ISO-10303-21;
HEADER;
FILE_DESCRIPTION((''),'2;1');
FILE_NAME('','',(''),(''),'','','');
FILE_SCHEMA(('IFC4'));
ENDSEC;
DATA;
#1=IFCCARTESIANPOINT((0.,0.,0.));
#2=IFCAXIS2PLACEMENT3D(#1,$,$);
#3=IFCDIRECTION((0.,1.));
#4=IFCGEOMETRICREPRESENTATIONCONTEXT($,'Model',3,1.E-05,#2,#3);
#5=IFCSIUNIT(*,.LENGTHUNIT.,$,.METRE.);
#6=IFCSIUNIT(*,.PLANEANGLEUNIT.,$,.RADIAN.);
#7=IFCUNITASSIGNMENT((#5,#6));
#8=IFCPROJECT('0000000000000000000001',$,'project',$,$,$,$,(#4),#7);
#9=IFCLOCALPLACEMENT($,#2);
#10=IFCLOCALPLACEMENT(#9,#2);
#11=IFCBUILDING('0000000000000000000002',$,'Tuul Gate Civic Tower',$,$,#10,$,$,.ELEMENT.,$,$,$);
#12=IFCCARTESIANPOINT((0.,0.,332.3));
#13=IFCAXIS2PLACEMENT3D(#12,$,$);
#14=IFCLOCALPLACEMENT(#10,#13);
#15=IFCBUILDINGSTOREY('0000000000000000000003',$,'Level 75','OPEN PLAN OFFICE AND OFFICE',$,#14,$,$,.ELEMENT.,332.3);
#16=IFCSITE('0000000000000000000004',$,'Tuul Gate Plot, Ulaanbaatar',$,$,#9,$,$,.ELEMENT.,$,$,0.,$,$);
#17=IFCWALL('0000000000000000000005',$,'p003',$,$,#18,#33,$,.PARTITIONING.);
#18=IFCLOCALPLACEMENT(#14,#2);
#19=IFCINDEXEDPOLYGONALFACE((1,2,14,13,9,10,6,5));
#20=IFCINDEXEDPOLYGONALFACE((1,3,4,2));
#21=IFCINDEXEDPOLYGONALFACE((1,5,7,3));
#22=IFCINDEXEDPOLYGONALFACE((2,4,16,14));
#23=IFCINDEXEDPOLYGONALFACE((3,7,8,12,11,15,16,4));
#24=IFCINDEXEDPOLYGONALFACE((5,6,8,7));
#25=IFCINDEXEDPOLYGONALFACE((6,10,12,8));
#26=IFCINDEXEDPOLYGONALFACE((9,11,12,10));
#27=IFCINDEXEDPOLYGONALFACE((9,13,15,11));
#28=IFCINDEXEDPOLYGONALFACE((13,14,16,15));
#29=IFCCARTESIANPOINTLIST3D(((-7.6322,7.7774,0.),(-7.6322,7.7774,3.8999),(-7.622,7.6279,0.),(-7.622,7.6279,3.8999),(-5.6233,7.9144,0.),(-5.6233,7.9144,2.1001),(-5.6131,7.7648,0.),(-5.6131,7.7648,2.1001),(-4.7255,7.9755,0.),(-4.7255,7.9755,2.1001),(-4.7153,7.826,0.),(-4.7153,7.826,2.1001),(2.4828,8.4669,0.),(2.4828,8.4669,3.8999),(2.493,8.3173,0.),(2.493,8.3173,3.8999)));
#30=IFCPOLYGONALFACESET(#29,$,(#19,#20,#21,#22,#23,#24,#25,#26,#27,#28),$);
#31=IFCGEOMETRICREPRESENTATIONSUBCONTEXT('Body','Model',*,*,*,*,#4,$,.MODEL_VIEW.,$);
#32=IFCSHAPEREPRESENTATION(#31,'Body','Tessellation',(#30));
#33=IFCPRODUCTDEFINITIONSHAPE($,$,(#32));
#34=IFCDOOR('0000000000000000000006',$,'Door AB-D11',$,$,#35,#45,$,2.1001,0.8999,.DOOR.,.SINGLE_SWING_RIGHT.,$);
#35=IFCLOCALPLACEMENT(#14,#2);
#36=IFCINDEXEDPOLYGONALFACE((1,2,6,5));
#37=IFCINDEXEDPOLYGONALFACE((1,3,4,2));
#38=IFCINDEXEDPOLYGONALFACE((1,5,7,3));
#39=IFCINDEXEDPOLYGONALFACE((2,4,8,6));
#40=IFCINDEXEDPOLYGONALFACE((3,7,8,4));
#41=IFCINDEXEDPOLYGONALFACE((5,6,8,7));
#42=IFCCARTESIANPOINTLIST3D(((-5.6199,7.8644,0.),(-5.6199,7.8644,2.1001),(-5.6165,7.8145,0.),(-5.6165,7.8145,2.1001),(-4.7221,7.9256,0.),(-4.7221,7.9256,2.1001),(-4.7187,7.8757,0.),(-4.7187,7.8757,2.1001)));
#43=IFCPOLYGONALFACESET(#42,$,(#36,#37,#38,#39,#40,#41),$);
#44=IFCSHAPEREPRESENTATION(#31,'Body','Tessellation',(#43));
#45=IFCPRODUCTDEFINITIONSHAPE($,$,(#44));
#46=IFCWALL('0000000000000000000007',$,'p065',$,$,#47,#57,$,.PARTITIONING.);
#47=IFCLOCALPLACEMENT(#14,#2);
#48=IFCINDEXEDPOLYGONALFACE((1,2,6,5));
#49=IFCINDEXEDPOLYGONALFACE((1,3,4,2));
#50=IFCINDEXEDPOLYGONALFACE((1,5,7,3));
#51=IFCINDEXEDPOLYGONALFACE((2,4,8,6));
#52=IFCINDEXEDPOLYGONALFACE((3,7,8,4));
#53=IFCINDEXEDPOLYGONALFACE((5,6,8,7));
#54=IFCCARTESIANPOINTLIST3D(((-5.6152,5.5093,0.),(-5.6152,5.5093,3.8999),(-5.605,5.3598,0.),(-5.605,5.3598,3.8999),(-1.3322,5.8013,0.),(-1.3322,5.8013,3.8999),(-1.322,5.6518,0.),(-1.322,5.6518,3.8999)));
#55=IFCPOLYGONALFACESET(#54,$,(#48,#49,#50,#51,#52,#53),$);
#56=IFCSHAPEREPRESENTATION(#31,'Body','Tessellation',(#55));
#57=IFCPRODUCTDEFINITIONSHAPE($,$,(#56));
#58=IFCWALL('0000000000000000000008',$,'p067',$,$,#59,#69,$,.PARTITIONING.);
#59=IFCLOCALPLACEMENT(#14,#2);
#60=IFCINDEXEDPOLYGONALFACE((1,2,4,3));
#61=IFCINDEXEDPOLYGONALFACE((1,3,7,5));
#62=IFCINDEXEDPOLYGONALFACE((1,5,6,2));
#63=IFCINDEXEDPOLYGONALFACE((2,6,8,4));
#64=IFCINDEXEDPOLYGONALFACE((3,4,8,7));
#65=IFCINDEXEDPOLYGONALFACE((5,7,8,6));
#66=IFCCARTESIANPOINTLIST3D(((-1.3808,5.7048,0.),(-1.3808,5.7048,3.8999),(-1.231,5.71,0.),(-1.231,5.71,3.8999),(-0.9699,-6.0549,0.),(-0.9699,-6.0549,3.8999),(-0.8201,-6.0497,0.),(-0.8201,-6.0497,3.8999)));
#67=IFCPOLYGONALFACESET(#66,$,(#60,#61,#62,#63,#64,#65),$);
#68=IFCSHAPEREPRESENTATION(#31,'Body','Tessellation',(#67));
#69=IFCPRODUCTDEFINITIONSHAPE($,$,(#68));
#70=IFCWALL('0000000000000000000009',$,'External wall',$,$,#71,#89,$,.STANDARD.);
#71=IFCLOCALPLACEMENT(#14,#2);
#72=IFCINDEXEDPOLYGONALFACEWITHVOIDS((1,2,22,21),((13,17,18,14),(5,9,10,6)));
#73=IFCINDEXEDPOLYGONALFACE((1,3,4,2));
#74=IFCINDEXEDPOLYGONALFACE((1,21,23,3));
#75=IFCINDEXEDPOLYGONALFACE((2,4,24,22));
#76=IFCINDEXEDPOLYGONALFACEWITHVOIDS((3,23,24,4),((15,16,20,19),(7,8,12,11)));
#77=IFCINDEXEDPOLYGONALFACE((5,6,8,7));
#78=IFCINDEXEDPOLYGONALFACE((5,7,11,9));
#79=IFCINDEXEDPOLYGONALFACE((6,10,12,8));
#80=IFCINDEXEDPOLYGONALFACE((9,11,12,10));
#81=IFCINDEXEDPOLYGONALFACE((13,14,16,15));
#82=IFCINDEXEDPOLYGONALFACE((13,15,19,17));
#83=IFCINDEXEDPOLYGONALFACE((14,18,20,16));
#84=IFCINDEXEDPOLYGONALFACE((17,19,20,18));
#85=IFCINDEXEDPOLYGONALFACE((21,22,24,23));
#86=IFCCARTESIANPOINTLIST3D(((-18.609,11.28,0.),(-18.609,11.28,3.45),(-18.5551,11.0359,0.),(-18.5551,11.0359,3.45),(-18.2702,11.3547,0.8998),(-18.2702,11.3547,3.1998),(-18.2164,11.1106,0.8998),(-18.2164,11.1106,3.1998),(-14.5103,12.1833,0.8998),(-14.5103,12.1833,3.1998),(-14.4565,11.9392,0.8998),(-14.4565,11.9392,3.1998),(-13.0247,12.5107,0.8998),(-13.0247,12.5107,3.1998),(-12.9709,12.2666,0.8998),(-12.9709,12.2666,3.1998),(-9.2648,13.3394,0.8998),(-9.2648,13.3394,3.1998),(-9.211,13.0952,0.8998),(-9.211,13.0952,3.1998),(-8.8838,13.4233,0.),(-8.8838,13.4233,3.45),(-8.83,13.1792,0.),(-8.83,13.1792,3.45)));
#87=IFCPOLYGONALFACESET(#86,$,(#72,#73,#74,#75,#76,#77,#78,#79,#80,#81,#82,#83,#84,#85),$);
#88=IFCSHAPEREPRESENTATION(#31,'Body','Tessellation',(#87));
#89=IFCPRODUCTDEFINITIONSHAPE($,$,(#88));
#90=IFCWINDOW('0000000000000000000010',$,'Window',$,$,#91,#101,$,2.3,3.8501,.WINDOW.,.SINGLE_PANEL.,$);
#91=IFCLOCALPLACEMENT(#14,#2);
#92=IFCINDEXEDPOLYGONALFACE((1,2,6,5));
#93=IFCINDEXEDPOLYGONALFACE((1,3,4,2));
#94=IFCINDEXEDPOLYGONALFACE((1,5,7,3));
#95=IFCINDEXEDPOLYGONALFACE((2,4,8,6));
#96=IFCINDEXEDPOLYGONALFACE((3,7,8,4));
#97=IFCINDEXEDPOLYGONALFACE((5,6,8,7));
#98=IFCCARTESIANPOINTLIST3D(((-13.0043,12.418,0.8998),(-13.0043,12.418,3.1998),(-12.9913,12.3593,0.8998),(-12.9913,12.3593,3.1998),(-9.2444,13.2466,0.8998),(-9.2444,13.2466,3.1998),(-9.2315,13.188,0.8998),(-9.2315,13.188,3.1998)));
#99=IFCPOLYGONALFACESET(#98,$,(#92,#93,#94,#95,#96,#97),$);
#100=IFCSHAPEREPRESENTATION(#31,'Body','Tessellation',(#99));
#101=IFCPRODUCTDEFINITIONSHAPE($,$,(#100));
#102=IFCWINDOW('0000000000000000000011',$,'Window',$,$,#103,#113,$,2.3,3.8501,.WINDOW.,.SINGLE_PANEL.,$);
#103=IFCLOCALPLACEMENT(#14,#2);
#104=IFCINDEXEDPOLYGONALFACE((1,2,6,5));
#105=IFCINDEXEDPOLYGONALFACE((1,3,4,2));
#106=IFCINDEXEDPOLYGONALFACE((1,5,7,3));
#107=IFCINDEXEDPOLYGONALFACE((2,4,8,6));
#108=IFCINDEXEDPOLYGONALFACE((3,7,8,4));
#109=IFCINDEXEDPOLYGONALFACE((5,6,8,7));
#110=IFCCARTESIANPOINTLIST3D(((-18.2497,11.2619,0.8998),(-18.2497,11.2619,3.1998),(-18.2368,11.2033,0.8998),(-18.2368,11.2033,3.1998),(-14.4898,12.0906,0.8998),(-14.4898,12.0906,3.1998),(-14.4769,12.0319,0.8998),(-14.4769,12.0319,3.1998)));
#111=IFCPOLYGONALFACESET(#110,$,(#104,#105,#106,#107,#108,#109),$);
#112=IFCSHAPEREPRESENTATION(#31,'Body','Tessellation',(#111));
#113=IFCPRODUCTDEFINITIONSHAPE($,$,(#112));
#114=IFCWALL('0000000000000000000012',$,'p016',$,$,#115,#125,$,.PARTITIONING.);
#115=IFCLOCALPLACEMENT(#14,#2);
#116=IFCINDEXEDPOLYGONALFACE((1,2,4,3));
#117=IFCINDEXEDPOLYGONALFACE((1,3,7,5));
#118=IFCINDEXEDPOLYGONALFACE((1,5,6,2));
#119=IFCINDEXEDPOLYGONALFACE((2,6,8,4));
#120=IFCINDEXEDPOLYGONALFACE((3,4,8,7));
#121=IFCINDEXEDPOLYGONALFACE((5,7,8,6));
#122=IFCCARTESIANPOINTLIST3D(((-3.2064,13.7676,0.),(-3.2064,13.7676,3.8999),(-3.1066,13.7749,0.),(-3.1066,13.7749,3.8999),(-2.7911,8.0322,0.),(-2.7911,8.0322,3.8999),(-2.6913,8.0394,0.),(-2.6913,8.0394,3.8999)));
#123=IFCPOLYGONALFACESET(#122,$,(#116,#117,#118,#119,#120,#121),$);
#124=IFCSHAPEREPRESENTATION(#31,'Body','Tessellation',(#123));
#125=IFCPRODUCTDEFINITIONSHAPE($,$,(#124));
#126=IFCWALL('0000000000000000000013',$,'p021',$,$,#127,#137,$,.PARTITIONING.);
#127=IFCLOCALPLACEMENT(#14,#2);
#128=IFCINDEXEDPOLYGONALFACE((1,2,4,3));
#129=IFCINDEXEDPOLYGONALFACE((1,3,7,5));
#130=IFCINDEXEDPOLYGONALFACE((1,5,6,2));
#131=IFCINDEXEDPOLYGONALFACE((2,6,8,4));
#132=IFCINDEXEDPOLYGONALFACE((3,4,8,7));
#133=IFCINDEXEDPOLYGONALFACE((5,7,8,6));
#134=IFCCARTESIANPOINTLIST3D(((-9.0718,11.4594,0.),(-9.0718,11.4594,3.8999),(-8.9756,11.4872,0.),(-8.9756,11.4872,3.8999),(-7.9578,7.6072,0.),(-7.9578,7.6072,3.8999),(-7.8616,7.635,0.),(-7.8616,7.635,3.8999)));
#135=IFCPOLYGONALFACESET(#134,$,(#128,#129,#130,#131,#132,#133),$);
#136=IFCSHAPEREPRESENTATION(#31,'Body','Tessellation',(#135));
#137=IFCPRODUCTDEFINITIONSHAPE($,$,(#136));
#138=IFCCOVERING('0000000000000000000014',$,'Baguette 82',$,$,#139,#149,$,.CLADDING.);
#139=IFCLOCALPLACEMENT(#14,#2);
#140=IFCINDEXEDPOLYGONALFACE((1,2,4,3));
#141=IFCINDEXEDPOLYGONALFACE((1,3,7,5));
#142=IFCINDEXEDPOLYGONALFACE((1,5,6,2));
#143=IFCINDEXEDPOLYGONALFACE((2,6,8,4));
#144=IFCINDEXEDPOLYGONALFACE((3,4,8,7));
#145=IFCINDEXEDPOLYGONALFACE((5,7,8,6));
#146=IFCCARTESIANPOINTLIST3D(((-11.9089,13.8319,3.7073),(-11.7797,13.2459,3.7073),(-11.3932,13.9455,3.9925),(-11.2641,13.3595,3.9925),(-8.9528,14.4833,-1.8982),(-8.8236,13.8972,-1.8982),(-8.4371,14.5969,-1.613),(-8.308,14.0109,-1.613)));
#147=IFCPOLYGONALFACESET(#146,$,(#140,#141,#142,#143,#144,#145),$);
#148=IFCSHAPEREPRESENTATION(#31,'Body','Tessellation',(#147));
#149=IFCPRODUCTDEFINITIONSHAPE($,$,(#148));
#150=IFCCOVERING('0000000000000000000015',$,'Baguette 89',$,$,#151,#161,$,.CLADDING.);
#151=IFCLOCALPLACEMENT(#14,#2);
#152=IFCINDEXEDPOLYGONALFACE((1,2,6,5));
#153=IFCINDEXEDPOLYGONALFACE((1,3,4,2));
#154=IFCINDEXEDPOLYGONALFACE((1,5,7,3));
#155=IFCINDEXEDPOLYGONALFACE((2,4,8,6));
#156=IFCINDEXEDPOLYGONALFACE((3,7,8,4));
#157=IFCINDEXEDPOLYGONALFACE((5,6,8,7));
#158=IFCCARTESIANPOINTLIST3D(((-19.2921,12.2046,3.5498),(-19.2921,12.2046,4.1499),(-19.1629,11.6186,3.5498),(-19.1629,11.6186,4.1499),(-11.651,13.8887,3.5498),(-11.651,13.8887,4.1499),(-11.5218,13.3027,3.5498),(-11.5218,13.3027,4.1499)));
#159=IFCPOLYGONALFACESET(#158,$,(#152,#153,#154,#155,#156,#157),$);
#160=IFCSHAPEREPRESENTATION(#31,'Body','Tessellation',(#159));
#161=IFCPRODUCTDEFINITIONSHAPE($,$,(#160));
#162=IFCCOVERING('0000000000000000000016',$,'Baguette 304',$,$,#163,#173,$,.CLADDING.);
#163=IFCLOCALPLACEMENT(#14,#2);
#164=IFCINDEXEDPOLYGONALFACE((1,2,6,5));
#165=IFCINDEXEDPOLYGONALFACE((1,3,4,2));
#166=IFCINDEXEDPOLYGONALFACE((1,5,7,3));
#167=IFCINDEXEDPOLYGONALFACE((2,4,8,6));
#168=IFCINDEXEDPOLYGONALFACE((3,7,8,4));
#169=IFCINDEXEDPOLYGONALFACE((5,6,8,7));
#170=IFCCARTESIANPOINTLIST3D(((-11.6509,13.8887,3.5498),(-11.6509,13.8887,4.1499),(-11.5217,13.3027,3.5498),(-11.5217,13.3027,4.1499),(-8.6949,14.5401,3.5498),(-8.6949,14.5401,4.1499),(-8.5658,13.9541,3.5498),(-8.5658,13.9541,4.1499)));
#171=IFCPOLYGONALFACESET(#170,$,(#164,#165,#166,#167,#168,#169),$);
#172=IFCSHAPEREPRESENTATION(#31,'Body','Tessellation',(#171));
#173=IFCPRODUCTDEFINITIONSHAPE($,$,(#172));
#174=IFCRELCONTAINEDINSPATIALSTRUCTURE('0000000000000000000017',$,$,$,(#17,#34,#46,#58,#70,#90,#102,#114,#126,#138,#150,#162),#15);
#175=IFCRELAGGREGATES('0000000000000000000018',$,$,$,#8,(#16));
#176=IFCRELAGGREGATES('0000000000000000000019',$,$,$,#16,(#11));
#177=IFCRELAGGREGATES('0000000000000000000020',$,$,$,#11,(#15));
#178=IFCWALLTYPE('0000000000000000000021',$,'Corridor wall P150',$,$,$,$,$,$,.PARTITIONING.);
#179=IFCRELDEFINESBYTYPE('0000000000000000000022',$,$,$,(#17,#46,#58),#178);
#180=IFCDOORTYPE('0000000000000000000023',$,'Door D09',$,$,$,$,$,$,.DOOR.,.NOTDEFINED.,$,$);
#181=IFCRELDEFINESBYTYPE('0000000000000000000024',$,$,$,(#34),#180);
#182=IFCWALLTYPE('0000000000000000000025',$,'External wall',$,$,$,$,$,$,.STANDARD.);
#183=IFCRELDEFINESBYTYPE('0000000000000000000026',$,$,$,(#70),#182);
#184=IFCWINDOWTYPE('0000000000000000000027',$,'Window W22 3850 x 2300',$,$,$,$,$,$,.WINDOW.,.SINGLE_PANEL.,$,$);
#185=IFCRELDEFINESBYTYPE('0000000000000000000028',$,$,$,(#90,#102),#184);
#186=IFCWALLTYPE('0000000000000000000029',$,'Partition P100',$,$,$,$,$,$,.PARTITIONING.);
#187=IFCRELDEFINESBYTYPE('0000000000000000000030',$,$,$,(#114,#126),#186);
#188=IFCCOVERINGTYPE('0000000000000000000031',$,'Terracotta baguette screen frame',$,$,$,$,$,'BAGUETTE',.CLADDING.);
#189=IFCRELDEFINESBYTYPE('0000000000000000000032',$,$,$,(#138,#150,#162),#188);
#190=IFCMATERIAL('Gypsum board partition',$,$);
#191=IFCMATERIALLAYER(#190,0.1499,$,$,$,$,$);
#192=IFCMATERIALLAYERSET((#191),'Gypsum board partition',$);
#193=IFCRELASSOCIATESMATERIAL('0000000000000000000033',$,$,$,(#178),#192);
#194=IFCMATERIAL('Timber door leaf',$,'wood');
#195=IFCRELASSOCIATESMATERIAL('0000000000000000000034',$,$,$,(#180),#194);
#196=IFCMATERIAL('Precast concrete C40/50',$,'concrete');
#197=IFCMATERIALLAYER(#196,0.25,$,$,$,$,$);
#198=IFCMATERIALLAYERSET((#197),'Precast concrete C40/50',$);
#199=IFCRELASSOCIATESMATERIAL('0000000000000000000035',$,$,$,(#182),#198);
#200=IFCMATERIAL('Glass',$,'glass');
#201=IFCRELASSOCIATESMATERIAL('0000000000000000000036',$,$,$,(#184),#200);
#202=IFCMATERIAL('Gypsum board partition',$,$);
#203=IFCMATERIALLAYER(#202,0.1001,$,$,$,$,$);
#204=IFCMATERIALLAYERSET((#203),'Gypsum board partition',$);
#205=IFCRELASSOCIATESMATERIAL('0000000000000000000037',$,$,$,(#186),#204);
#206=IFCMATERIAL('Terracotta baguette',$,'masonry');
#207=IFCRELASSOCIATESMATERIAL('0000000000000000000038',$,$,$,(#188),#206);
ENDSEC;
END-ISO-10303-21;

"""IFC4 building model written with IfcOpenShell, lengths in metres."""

from ifc_helpers import new_model, si_unit, direction, frame, frame_2d, origin, origin_2d, place, context, subcontext, project, spatial, rectangle, extrude, material, layer, layer_set, material_profile, profile_set, type_object, element, fill, save


model = new_model("IFC4")

# Units and contexts
model_context = context("Model", 3, precision=1e-05, world=origin(), true_north=direction((0.0, 1.0)))
body_context = subcontext(model_context, "Body", "Model", "MODEL_VIEW")
ifc_project = project(units=[si_unit("LENGTHUNIT", "METRE"), si_unit("PLANEANGLEUNIT", "RADIAN")], contexts=[model_context])

# Site, building, storey
site_placement = place(None, origin())
site = spatial("IfcSite", under=ifc_project, at=site_placement, Name="Tuul Gate Plot, Ulaanbaatar", CompositionType="ELEMENT", RefElevation=0.0)
building_placement = place(site_placement, origin())
building = spatial("IfcBuilding", under=site, at=building_placement, Name="Tuul Gate Civic Tower", CompositionType="ELEMENT")
storey_placement = place(building_placement, frame((0.0, 0.0, 332.3)))
storey = spatial("IfcBuildingStorey", under=building, at=storey_placement, Name="Level 75", Description="OPEN PLAN OFFICE AND OFFICE", CompositionType="ELEMENT", Elevation=332.3)

# Wall, opening, door
ifc_material_1 = material(Name="Gypsum board partition")
ifc_layer_1 = layer(ifc_material_1, 0.1499)
ifc_layer_set_1 = layer_set([ifc_layer_1], Name="Gypsum board partition")
wall_type_1 = type_object("IfcWallType", Name="Corridor wall P150", PredefinedType="PARTITIONING", material=ifc_layer_set_1)
wall_1_placement = place(storey_placement, frame((-7.6272, 7.7026, 0.0), z_axis=(0.0, 0.0, 1.0), x_axis=(0.997685, 0.068004, 0.0)))
wall_1 = element("IfcWall", 1, at=wall_1_placement, inside=storey, type_object=wall_type_1, Name="p003", PredefinedType="PARTITIONING", context=body_context, shape_type="SweptSolid", body=[
    extrude(rectangle(XDim=10.1384, YDim=0.1499, at=frame_2d((5.0693, 0.0))), origin(), (0.0, 0.0, 1.0), 3.8999),
])
opening_1_placement = place(wall_1_placement, frame((2.0137, 0.0, 0.0)))
opening_1 = element("IfcOpeningElement", 2, at=opening_1_placement, cuts=wall_1, PredefinedType="OPENING", context=body_context, shape_type="SweptSolid", body=[
    extrude(rectangle(XDim=0.8999, YDim=2.1001, at=frame_2d((0.45, 1.05))), frame((0.0, 0.085, 0.0), z_axis=(0.0, -1.0, 0.0), x_axis=(1.0, 0.0, 0.0)), (0.0, 0.0, 1.0), 0.1699),
])
ifc_material_2 = material(Name="Timber door leaf", Category="wood")
door_type = type_object("IfcDoorType", Name="Door D09", OperationType="NOTDEFINED", PredefinedType="DOOR", material=ifc_material_2)
door_placement = place(opening_1_placement, origin())
door = element("IfcDoor", 3, at=door_placement, inside=storey, type_object=door_type, Name="Door AB-D11", OperationType="SINGLE_SWING_RIGHT", OverallHeight=2.1001, OverallWidth=0.8999, PredefinedType="DOOR", context=body_context, shape_type="SweptSolid", body=[
    extrude(rectangle(XDim=0.8999, YDim=2.1001, at=frame_2d((0.45, 1.05))), frame((0.0, 0.0249, 0.0), z_axis=(0.0, -1.0, 0.0), x_axis=(1.0, 0.0, 0.0)), (0.0, 0.0, 1.0), 0.05),
])
fill(opening_1, door)

# Walls
wall_2_placement = place(storey_placement, frame((-5.6101, 5.4346, 0.0), z_axis=(0.0, 0.0, 1.0), x_axis=(0.997684, 0.068017, 0.0)))
element("IfcWall", 4, at=wall_2_placement, inside=storey, type_object=wall_type_1, Name="p065", PredefinedType="PARTITIONING", context=body_context, shape_type="SweptSolid", body=[
    extrude(rectangle(XDim=4.293, YDim=0.1499, at=frame_2d((2.1465, 0.0))), origin(), (0.0, 0.0, 1.0), 3.8999),
])
wall_3_placement = place(storey_placement, frame((-1.3059, 5.7073, 0.0), z_axis=(0.0, 0.0, 1.0), x_axis=(0.034919, -0.99939, 0.0)))
element("IfcWall", 5, at=wall_3_placement, inside=storey, type_object=wall_type_1, Name="p067", PredefinedType="PARTITIONING", context=body_context, shape_type="SweptSolid", body=[
    extrude(rectangle(XDim=11.7668, YDim=0.1499, at=frame_2d((5.8833, 0.0))), origin(), (0.0, 0.0, 1.0), 3.8999),
])

# Wall, openings, windows
ifc_material_3 = material(Name="Precast concrete C40/50", Category="concrete")
ifc_layer_2 = layer(ifc_material_3, 0.25)
ifc_layer_set_2 = layer_set([ifc_layer_2], Name="Precast concrete C40/50")
wall_type_2 = type_object("IfcWallType", Name="External wall", PredefinedType="STANDARD", material=ifc_layer_set_2)
wall_4_placement = place(storey_placement, frame((-8.8569, 13.3013, 0.0), z_axis=(0.0, 0.0, 1.0), x_axis=(-0.976565, -0.215225, 0.0)))
wall_4 = element("IfcWall", 6, at=wall_4_placement, inside=storey, type_object=wall_type_2, Name="External wall", PredefinedType="STANDARD", context=body_context, shape_type="SweptSolid", body=[
    extrude(rectangle(XDim=9.9585, YDim=0.25, at=frame_2d((4.9792, 0.0))), origin(), (0.0, 0.0, 1.0), 3.45),
])
opening_2_placement = place(wall_4_placement, frame((0.3901, 0.0, 0.8999)))
opening_2 = element("IfcOpeningElement", 7, at=opening_2_placement, cuts=wall_4, PredefinedType="OPENING", context=body_context, shape_type="SweptSolid", body=[
    extrude(rectangle(XDim=3.8501, YDim=2.3, at=frame_2d((1.925, 1.1499))), frame((0.0, 0.135, 0.0), z_axis=(0.0, -1.0, 0.0), x_axis=(1.0, 0.0, 0.0)), (0.0, 0.0, 1.0), 0.27),
])
opening_3_placement = place(wall_4_placement, frame((5.7615, 0.0, 0.8999)))
opening_3 = element("IfcOpeningElement", 8, at=opening_3_placement, cuts=wall_4, PredefinedType="OPENING", context=body_context, shape_type="SweptSolid", body=[
    extrude(rectangle(XDim=3.8501, YDim=2.3, at=frame_2d((1.925, 1.1499))), frame((0.0, 0.135, 0.0), z_axis=(0.0, -1.0, 0.0), x_axis=(1.0, 0.0, 0.0)), (0.0, 0.0, 1.0), 0.27),
])
ifc_material_4 = material(Name="Glass", Category="glass")
window_type = type_object("IfcWindowType", Name="Window W22 3850 x 2300", PartitioningType="SINGLE_PANEL", PredefinedType="WINDOW", material=ifc_material_4)
window_1_placement = place(opening_2_placement, origin())
window_1 = element("IfcWindow", 9, at=window_1_placement, inside=storey, type_object=window_type, Name="Window", OverallHeight=2.3, OverallWidth=3.8501, PartitioningType="SINGLE_PANEL", PredefinedType="WINDOW", context=body_context, shape_type="SweptSolid", body=[
    extrude(rectangle(XDim=3.8501, YDim=2.3, at=frame_2d((1.925, 1.1499))), frame((0.0, 0.03, 0.0), z_axis=(0.0, -1.0, 0.0), x_axis=(1.0, 0.0, 0.0)), (0.0, 0.0, 1.0), 0.0601),
])
fill(opening_2, window_1)
window_2_placement = place(opening_3_placement, origin())
window_2 = element("IfcWindow", 10, at=window_2_placement, inside=storey, type_object=window_type, Name="Window", OverallHeight=2.3, OverallWidth=3.8501, PartitioningType="SINGLE_PANEL", PredefinedType="WINDOW", context=body_context, shape_type="SweptSolid", body=[
    extrude(rectangle(XDim=3.8501, YDim=2.3, at=frame_2d((1.925, 1.1499))), frame((0.0, 0.03, 0.0), z_axis=(0.0, -1.0, 0.0), x_axis=(1.0, 0.0, 0.0)), (0.0, 0.0, 1.0), 0.0601),
])
fill(opening_3, window_2)

# Walls
ifc_material_5 = material(Name="Gypsum board partition")
ifc_layer_3 = layer(ifc_material_5, 0.1001)
ifc_layer_set_3 = layer_set([ifc_layer_3], Name="Gypsum board partition")
wall_type_3 = type_object("IfcWallType", Name="Partition P100", PredefinedType="PARTITIONING", material=ifc_layer_set_3)
wall_5_placement = place(storey_placement, frame((-3.1565, 13.7712, 0.0), z_axis=(0.0, 0.0, 1.0), x_axis=(0.072219, -0.997389, 0.0)))
element("IfcWall", 11, at=wall_5_placement, inside=storey, type_object=wall_type_3, Name="p016", PredefinedType="PARTITIONING", context=body_context, shape_type="SweptSolid", body=[
    extrude(rectangle(XDim=5.7505, YDim=0.1001, at=frame_2d((2.8752, 0.0))), origin(), (0.0, 0.0, 1.0), 3.8999),
])
wall_6_placement = place(storey_placement, frame((-9.0237, 11.4731, 0.0), z_axis=(0.0, 0.0, 1.0), x_axis=(0.277816, -0.960634, 0.0)))
element("IfcWall", 12, at=wall_6_placement, inside=storey, type_object=wall_type_3, Name="p021", PredefinedType="PARTITIONING", context=body_context, shape_type="SweptSolid", body=[
    extrude(rectangle(XDim=4.01, YDim=0.1001, at=frame_2d((2.0049, 0.0))), origin(), (0.0, 0.0, 1.0), 3.8999),
])

# Coverings
ifc_material_6 = material(Name="Terracotta baguette", Category="masonry")
ifc_material_profile_1 = material_profile(ifc_material_6, rectangle(XDim=0.6001, YDim=0.6001, at=origin_2d()), Name="Terracotta baguette screen frame")
ifc_profile_set_1 = profile_set([ifc_material_profile_1], Name="Terracotta baguette")
covering_type = type_object("IfcCoveringType", Name="Terracotta baguette screen frame", ElementType="BAGUETTE", PredefinedType="CLADDING", material=ifc_profile_set_1)
covering_1_placement = place(storey_placement, frame((-8.6304, 14.2471, -1.7556), z_axis=(-0.464019, -0.102247, 0.879904), x_axis=(0.215188, -0.976573, 0.0)))
element("IfcCovering", 13, at=covering_1_placement, inside=storey, type_object=covering_type, Name="Baguette 82", PredefinedType="CLADDING", context=body_context, shape_type="SweptSolid", body=[
    extrude(rectangle(XDim=0.6001, YDim=0.6001, at=origin_2d()), origin(), (0.0, 0.0, 1.0), 6.3706),
])
covering_2_placement = place(storey_placement, frame((-11.5864, 13.5957, 3.8499), z_axis=(-0.976563, -0.215232, 0.0), x_axis=(0.215232, -0.976563, 0.0)))
element("IfcCovering", 14, at=covering_2_placement, inside=storey, type_object=covering_type, Name="Baguette 89", PredefinedType="CLADDING", context=body_context, shape_type="SweptSolid", body=[
    extrude(rectangle(XDim=0.6001, YDim=0.6001, at=origin_2d()), origin(), (0.0, 0.0, 1.0), 7.8245),
])
covering_3_placement = place(storey_placement, frame((-8.6304, 14.2471, 3.8499), z_axis=(-0.976573, -0.215188, 0.0), x_axis=(0.215188, -0.976573, 0.0)))
element("IfcCovering", 15, at=covering_3_placement, inside=storey, type_object=covering_type, Name="Baguette 304", PredefinedType="CLADDING", context=body_context, shape_type="SweptSolid", body=[
    extrude(rectangle(XDim=0.6001, YDim=0.6001, at=origin_2d()), origin(), (0.0, 0.0, 1.0), 3.0269),
])

save(model, "model.ifc")
